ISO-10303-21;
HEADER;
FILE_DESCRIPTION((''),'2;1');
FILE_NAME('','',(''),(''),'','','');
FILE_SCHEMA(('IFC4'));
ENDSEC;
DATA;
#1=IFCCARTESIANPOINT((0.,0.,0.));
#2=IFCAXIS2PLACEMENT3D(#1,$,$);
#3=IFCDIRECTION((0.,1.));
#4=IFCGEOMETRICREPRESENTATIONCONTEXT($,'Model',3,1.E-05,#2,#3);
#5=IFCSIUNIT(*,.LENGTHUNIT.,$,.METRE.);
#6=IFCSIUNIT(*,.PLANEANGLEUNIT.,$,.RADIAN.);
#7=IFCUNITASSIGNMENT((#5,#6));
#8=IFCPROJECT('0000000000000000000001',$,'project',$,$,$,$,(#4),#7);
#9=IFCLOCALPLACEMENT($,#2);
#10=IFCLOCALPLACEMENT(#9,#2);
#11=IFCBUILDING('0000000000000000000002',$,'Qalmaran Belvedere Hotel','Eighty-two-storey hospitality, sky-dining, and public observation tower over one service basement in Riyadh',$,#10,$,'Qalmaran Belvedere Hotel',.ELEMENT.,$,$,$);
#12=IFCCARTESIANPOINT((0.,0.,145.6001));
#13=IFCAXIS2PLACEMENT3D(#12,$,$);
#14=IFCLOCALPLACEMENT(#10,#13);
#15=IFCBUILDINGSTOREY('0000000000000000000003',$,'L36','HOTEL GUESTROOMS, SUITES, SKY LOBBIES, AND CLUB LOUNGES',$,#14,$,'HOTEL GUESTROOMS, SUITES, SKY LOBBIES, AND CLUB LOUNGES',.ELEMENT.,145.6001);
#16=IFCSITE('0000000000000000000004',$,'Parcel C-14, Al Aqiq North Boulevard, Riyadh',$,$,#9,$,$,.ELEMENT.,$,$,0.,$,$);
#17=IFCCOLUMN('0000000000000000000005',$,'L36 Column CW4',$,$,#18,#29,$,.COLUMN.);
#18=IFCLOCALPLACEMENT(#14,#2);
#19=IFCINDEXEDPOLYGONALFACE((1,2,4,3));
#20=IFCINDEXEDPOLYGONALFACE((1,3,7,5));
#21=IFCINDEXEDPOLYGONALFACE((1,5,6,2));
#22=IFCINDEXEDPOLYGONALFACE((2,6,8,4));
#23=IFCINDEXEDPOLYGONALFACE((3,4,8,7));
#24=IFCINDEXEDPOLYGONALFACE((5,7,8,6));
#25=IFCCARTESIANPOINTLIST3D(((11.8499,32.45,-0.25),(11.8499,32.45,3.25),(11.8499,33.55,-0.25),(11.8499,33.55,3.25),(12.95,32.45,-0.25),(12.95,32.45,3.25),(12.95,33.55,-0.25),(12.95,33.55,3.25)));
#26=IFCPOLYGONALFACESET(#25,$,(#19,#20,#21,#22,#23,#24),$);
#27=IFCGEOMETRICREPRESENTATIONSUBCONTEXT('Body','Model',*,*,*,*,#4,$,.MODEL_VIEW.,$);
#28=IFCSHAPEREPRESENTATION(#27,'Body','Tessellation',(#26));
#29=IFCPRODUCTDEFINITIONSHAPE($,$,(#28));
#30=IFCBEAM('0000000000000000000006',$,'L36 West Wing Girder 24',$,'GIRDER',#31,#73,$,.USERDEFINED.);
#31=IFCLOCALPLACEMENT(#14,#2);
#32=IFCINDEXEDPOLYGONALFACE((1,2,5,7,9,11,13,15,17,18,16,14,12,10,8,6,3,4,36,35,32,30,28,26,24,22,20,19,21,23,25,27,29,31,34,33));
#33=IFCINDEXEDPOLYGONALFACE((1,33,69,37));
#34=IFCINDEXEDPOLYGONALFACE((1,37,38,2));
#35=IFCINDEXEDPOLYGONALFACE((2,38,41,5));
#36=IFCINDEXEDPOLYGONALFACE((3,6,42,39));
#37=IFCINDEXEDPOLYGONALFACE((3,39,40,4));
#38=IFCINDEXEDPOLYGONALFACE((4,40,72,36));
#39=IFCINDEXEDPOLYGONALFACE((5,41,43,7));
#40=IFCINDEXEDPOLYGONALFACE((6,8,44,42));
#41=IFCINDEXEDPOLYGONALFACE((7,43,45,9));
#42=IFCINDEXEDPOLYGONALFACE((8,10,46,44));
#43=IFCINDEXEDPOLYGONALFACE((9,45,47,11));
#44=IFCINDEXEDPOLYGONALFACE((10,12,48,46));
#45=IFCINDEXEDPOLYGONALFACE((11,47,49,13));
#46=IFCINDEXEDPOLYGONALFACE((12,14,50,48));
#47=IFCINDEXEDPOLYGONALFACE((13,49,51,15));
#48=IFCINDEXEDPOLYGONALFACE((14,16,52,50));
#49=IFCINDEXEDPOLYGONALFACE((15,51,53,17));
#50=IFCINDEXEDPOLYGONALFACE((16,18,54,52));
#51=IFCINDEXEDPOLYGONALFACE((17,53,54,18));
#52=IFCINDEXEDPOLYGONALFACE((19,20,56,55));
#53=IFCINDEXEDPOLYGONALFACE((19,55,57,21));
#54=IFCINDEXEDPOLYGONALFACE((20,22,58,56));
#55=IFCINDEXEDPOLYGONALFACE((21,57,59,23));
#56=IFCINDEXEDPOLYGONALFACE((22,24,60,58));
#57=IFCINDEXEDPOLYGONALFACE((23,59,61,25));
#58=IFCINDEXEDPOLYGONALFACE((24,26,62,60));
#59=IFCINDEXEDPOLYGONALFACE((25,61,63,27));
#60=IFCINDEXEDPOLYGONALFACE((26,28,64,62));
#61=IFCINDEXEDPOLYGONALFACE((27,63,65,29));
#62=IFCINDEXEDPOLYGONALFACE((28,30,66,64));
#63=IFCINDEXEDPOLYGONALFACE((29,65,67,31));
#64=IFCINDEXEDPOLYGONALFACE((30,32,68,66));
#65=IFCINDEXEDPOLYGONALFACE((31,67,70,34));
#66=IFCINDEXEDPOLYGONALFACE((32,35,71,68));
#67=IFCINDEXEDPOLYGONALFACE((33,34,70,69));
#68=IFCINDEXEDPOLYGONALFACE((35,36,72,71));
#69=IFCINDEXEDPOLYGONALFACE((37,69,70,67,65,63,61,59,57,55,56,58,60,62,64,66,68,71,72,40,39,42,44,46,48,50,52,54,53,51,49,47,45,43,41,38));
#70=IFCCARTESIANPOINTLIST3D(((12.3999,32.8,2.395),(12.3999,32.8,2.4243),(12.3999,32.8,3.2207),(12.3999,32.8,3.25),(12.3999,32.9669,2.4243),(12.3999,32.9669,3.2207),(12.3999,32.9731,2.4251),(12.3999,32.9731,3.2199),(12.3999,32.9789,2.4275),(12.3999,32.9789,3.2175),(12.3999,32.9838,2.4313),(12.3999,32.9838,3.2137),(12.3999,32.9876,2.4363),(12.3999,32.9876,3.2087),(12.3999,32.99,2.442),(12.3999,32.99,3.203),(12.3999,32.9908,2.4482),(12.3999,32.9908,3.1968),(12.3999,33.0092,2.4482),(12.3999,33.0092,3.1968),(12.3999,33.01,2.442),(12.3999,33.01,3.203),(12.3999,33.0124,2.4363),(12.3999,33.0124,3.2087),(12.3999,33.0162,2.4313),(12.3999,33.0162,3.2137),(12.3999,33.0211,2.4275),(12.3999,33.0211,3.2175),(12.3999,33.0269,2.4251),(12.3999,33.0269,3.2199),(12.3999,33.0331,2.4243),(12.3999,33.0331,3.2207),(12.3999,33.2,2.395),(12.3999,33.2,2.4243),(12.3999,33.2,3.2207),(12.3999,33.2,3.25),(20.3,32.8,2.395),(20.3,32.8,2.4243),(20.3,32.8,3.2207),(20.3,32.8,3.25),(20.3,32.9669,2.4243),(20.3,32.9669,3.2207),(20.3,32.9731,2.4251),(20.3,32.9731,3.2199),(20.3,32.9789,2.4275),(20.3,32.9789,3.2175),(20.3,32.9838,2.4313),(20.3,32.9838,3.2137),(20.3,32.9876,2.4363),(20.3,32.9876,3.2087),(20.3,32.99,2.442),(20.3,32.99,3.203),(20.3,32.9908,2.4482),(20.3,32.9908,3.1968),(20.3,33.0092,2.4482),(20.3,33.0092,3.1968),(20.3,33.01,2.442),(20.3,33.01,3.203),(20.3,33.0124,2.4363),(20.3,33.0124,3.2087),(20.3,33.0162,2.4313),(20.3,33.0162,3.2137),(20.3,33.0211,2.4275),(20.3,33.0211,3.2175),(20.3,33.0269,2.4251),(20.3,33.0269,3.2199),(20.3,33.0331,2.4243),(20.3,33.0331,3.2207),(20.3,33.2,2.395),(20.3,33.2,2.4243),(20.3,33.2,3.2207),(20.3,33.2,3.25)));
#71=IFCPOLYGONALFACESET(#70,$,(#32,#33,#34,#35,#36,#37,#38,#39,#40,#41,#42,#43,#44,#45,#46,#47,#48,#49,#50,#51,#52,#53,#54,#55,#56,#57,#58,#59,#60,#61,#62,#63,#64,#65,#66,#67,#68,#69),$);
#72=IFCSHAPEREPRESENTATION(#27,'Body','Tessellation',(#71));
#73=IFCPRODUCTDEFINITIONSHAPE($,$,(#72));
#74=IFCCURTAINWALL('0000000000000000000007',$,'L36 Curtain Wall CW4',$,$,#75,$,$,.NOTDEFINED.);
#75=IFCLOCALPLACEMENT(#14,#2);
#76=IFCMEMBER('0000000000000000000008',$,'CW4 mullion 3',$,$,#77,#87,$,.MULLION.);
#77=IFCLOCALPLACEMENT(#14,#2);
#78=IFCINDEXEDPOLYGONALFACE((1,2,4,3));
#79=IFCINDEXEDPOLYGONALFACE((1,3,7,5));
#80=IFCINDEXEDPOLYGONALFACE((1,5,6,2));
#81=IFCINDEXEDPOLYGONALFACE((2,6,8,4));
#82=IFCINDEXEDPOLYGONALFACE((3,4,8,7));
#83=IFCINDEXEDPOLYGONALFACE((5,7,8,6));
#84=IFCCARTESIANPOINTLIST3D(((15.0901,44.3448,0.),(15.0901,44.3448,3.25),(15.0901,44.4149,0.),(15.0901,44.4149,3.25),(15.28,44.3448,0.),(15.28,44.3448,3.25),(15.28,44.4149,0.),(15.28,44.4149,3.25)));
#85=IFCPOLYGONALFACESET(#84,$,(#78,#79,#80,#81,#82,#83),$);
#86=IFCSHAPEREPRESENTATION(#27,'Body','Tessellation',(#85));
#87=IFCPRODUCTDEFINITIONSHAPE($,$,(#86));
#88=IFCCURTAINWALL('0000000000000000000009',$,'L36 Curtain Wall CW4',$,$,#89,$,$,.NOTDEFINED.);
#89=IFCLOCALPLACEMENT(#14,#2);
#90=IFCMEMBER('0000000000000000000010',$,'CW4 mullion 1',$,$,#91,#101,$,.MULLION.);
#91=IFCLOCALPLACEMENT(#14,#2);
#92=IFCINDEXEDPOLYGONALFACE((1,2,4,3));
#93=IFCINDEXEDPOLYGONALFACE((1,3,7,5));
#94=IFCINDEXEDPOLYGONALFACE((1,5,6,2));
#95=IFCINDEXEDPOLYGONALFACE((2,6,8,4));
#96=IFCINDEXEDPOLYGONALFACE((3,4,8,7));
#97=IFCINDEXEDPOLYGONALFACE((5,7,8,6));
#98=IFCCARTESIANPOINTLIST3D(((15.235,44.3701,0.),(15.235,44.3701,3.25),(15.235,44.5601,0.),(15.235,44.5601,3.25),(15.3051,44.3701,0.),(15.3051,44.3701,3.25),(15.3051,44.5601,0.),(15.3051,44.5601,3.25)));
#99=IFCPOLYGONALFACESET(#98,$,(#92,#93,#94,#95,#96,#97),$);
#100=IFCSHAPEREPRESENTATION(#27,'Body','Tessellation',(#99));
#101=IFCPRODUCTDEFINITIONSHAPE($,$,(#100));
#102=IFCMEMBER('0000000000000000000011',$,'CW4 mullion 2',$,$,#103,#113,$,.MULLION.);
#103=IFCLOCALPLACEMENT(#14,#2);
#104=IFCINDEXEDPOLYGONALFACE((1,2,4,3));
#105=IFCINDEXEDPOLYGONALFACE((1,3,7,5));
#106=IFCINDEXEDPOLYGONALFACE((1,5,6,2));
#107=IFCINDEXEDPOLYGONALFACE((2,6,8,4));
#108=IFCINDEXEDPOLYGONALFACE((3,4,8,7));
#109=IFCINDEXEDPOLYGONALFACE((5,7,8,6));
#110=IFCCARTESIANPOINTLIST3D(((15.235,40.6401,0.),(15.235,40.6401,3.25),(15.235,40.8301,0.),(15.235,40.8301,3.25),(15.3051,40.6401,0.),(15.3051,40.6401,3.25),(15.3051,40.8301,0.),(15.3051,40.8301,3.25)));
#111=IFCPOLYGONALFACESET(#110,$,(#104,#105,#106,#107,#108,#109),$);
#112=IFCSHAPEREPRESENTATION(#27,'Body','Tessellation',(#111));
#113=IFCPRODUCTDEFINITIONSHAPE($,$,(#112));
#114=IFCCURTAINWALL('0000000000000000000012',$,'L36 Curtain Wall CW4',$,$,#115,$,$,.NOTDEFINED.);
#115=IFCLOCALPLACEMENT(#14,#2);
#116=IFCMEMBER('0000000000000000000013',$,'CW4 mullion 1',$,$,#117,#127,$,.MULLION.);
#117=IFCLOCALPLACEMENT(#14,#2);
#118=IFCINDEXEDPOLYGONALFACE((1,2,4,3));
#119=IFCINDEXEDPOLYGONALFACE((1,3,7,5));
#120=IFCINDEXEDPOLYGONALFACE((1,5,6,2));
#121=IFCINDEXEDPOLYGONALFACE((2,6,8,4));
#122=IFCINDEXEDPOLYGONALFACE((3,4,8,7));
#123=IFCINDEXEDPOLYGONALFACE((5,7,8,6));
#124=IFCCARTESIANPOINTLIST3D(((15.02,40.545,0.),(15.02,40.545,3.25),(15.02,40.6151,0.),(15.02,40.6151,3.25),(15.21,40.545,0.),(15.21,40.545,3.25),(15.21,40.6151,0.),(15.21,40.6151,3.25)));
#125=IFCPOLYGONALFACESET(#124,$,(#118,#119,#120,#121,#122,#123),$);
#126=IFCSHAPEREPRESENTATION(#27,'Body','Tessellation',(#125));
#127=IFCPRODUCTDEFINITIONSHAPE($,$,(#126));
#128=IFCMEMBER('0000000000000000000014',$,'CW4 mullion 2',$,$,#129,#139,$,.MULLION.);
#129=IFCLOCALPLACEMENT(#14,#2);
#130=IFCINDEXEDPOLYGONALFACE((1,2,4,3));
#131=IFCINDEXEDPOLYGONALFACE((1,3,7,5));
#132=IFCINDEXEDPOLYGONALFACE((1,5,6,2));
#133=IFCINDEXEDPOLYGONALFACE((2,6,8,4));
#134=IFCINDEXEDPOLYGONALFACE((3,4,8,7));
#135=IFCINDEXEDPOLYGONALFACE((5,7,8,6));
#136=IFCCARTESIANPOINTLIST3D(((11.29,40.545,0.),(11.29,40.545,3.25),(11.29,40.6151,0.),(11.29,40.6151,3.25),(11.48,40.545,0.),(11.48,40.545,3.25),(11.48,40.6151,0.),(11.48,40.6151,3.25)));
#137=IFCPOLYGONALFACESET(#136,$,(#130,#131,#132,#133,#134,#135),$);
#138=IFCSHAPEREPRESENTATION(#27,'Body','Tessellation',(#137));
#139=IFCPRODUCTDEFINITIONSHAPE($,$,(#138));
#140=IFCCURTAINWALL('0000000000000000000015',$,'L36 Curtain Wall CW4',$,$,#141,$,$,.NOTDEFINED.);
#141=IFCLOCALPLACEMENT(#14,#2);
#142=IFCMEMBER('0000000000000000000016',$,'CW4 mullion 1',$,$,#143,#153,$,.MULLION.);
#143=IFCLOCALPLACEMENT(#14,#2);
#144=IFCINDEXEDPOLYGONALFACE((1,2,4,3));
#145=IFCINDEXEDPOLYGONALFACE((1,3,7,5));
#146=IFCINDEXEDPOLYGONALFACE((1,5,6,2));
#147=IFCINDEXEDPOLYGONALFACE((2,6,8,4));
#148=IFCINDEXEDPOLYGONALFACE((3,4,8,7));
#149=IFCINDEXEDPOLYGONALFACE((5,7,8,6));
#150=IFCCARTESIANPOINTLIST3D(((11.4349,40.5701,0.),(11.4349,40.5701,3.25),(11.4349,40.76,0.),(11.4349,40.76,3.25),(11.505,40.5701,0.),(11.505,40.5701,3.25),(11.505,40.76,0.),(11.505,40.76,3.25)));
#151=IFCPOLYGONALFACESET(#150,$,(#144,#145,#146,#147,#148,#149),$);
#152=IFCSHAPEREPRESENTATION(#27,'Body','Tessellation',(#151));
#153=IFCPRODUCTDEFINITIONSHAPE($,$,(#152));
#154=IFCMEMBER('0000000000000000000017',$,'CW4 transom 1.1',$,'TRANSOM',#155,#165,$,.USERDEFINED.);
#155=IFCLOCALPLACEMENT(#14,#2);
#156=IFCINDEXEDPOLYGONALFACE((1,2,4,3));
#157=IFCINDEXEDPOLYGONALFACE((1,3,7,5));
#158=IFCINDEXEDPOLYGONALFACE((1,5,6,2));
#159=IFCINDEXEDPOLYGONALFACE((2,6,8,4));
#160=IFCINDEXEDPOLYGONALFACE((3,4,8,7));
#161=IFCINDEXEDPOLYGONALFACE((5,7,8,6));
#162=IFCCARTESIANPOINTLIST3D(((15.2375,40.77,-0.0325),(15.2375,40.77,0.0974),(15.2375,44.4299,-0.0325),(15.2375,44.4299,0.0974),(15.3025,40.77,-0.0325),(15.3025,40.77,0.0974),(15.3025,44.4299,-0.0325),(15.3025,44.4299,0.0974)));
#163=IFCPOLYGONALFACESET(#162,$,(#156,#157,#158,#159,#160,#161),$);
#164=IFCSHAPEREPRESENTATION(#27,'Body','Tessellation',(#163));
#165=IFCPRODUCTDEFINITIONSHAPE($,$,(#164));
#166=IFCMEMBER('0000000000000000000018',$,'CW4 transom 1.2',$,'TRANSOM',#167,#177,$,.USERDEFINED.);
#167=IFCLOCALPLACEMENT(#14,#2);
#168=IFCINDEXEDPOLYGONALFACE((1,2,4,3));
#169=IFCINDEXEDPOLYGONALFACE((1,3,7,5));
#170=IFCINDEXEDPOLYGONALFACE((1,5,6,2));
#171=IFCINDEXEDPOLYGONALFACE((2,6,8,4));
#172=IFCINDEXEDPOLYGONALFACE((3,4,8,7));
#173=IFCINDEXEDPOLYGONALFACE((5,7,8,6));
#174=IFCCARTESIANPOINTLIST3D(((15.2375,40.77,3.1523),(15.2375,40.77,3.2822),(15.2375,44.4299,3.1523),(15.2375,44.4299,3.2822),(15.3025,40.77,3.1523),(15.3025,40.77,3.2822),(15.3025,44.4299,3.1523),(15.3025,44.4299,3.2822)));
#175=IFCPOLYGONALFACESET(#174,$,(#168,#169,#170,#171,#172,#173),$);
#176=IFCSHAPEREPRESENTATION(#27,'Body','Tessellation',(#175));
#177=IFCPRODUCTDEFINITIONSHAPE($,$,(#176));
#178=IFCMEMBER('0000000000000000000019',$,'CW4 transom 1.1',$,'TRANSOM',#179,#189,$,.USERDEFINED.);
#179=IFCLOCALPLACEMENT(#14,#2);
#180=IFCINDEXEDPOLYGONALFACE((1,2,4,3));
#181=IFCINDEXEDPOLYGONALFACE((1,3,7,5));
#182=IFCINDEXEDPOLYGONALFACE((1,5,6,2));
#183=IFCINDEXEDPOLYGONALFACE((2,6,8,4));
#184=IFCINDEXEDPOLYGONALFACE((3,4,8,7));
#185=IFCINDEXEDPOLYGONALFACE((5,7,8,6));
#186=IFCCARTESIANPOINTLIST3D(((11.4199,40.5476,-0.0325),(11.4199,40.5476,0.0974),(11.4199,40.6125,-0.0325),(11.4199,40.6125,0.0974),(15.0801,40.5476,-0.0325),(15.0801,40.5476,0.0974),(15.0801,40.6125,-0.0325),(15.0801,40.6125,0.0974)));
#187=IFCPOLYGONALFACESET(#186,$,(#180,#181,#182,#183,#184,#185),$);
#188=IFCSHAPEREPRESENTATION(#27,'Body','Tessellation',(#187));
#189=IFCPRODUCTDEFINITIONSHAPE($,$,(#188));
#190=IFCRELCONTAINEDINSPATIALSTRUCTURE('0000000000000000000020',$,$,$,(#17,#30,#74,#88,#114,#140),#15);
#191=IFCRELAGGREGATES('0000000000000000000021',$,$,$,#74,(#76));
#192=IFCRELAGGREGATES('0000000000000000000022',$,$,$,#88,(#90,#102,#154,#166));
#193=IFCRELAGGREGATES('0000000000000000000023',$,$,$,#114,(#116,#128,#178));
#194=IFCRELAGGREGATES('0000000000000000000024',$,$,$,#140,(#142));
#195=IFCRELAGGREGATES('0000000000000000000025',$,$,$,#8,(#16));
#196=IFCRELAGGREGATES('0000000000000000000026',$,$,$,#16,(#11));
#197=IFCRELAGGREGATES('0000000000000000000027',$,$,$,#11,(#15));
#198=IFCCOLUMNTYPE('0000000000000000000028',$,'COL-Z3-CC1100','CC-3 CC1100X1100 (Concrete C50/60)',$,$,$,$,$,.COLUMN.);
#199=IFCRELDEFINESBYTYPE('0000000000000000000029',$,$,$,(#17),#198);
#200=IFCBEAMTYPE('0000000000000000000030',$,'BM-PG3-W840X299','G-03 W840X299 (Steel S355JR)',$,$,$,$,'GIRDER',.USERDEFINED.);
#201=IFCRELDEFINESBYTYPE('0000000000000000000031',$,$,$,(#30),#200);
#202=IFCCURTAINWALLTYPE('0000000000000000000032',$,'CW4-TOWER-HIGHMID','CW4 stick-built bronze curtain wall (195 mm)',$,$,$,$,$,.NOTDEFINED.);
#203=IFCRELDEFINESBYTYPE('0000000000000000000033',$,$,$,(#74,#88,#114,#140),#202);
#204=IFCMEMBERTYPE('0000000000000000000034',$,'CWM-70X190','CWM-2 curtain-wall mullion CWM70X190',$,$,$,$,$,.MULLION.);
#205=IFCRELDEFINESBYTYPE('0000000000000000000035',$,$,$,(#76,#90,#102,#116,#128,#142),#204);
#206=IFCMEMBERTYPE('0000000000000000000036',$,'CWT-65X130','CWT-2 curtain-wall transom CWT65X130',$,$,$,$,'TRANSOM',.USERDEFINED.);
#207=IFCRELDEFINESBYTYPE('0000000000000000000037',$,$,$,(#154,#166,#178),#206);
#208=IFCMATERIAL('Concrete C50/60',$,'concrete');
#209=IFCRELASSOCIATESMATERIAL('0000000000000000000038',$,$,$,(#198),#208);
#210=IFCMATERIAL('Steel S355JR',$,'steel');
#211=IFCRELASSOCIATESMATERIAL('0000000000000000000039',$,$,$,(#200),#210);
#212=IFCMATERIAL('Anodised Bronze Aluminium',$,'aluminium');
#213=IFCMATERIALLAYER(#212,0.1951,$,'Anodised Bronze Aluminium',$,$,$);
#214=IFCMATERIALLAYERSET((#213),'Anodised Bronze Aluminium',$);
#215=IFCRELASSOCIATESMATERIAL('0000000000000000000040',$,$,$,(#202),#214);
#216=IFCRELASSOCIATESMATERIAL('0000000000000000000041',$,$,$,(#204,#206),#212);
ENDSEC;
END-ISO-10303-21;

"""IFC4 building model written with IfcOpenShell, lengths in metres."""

from ifc_helpers import new_model, si_unit, direction, frame, origin, origin_2d, place, context, subcontext, project, spatial, rectangle, i_section, extrude, material, layer, layer_set, material_profile, profile_set, type_object, element, aggregate, save


model = new_model("IFC4")

# Units and contexts
model_context = context("Model", 3, precision=1e-05, world=origin(), true_north=direction((0.0, 1.0)))
body_context = subcontext(model_context, "Body", "Model", "MODEL_VIEW")
ifc_project = project(units=[si_unit("LENGTHUNIT", "METRE"), si_unit("PLANEANGLEUNIT", "RADIAN")], contexts=[model_context])

# Site, building, storey
site_placement = place(None, origin())
site = spatial("IfcSite", under=ifc_project, at=site_placement, Name="Parcel C-14, Al Aqiq North Boulevard, Riyadh", CompositionType="ELEMENT", RefElevation=0.0)
building_placement = place(site_placement, origin())
building = spatial("IfcBuilding", under=site, at=building_placement, Name="Qalmaran Belvedere Hotel", Description="Eighty-two-storey hospitality, sky-dining, and public observation tower over one service basement in Riyadh", LongName="Qalmaran Belvedere Hotel", CompositionType="ELEMENT")
storey_placement = place(building_placement, frame((0.0, 0.0, 145.6001)))
storey = spatial("IfcBuildingStorey", under=building, at=storey_placement, Name="L36", Description="HOTEL GUESTROOMS, SUITES, SKY LOBBIES, AND CLUB LOUNGES", LongName="HOTEL GUESTROOMS, SUITES, SKY LOBBIES, AND CLUB LOUNGES", CompositionType="ELEMENT", Elevation=145.6001)

# Column
ifc_material_1 = material(Name="Concrete C50/60", Category="concrete")
ifc_material_profile_1 = material_profile(ifc_material_1, rectangle(XDim=1.1001, YDim=1.1001, at=origin_2d()), Name="CC1100X1100")
ifc_profile_set_1 = profile_set([ifc_material_profile_1], Name="Concrete C50/60")
column_type = type_object("IfcColumnType", Name="COL-Z3-CC1100", Description="CC-3 CC1100X1100 (Concrete C50/60)", PredefinedType="COLUMN", material=ifc_profile_set_1)
column_placement = place(storey_placement, frame((12.3999, 33.0, -0.25), z_axis=(0.0, 0.0, 1.0), x_axis=(1.0, 0.0, 0.0)))
element("IfcColumn", 1, at=column_placement, inside=storey, type_object=column_type, Name="L36 Column CW4", PredefinedType="COLUMN", context=body_context, shape_type="SweptSolid", body=[
    extrude(rectangle(XDim=1.1001, YDim=1.1001, at=origin_2d()), origin(), (0.0, 0.0, 1.0), 3.5),
])

# Beam
ifc_material_2 = material(Name="Steel S355JR", Category="steel")
ifc_material_profile_2 = material_profile(ifc_material_2, i_section(OverallWidth=0.3999, OverallDepth=0.855, WebThickness=0.0183, FlangeThickness=0.0293, FilletRadius=0.0239, at=origin_2d()), Name="W840X299")
ifc_profile_set_2 = profile_set([ifc_material_profile_2], Name="Steel S355JR")
beam_type = type_object("IfcBeamType", Name="BM-PG3-W840X299", Description="G-03 W840X299 (Steel S355JR)", ElementType="GIRDER", PredefinedType="USERDEFINED", material=ifc_profile_set_2)
beam_placement = place(storey_placement, frame((12.3999, 33.0, 2.8225), z_axis=(1.0, 0.0, 0.0), x_axis=(0.0, 1.0, 0.0)))
element("IfcBeam", 2, at=beam_placement, inside=storey, type_object=beam_type, Name="L36 West Wing Girder 24", ObjectType="GIRDER", PredefinedType="USERDEFINED", context=body_context, shape_type="SweptSolid", body=[
    extrude(i_section(OverallWidth=0.3999, OverallDepth=0.855, WebThickness=0.0183, FlangeThickness=0.0293, FilletRadius=0.0239, at=origin_2d()), origin(), (0.0, 0.0, 1.0), 7.9001),
])

# Curtain wall, member
ifc_material_3 = material(Name="Anodised Bronze Aluminium", Category="aluminium")
ifc_layer_1 = layer(ifc_material_3, 0.1951, Name="Anodised Bronze Aluminium")
ifc_layer_set_1 = layer_set([ifc_layer_1], Name="Anodised Bronze Aluminium")
curtain_wall_type = type_object("IfcCurtainWallType", Name="CW4-TOWER-HIGHMID", Description="CW4 stick-built bronze curtain wall (195 mm)", PredefinedType="NOTDEFINED", material=ifc_layer_set_1)
curtain_wall_1_placement = place(storey_placement, origin())
curtain_wall_1 = element("IfcCurtainWall", 3, at=curtain_wall_1_placement, inside=storey, type_object=curtain_wall_type, Name="L36 Curtain Wall CW4", PredefinedType="NOTDEFINED")
ifc_material_profile_3 = material_profile(ifc_material_3, rectangle(XDim=0.0701, YDim=0.1899, at=origin_2d()), Name="CWM70X190")
ifc_profile_set_3 = profile_set([ifc_material_profile_3], Name="Anodised Bronze Aluminium")
member_type_1 = type_object("IfcMemberType", Name="CWM-70X190", Description="CWM-2 curtain-wall mullion CWM70X190", PredefinedType="MULLION", material=ifc_profile_set_3)
member_1_placement = place(storey_placement, frame((15.1851, 44.3799, 0.0), z_axis=(0.0, 0.0, 1.0), x_axis=(0.0, -1.0, 0.0)))
member_1 = element("IfcMember", 4, at=member_1_placement, type_object=member_type_1, Name="CW4 mullion 3", PredefinedType="MULLION", context=body_context, shape_type="SweptSolid", body=[
    extrude(rectangle(XDim=0.0701, YDim=0.1899, at=origin_2d()), origin(), (0.0, 0.0, 1.0), 3.25),
])
aggregate(curtain_wall_1, [member_1])

# Curtain walls, members
curtain_wall_2_placement = place(storey_placement, origin())
curtain_wall_2 = element("IfcCurtainWall", 5, at=curtain_wall_2_placement, inside=storey, type_object=curtain_wall_type, Name="L36 Curtain Wall CW4", PredefinedType="NOTDEFINED")
member_2_placement = place(storey_placement, frame((15.27, 44.4651, 0.0), z_axis=(0.0, 0.0, 1.0), x_axis=(1.0, 0.0, 0.0)))
member_2 = element("IfcMember", 6, at=member_2_placement, type_object=member_type_1, Name="CW4 mullion 1", PredefinedType="MULLION", context=body_context, shape_type="SweptSolid", body=[
    extrude(rectangle(XDim=0.0701, YDim=0.1899, at=origin_2d()), origin(), (0.0, 0.0, 1.0), 3.25),
])
member_3_placement = place(storey_placement, frame((15.27, 40.7351, 0.0), z_axis=(0.0, 0.0, 1.0), x_axis=(1.0, 0.0, 0.0)))
member_3 = element("IfcMember", 7, at=member_3_placement, type_object=member_type_1, Name="CW4 mullion 2", PredefinedType="MULLION", context=body_context, shape_type="SweptSolid", body=[
    extrude(rectangle(XDim=0.0701, YDim=0.1899, at=origin_2d()), origin(), (0.0, 0.0, 1.0), 3.25),
])
curtain_wall_3_placement = place(storey_placement, origin())
curtain_wall_3 = element("IfcCurtainWall", 8, at=curtain_wall_3_placement, inside=storey, type_object=curtain_wall_type, Name="L36 Curtain Wall CW4", PredefinedType="NOTDEFINED")
member_4_placement = place(storey_placement, frame((15.115, 40.5801, 0.0), z_axis=(0.0, 0.0, 1.0), x_axis=(0.0, -1.0, 0.0)))
member_4 = element("IfcMember", 9, at=member_4_placement, type_object=member_type_1, Name="CW4 mullion 1", PredefinedType="MULLION", context=body_context, shape_type="SweptSolid", body=[
    extrude(rectangle(XDim=0.0701, YDim=0.1899, at=origin_2d()), origin(), (0.0, 0.0, 1.0), 3.25),
])
member_5_placement = place(storey_placement, frame((11.385, 40.5801, 0.0), z_axis=(0.0, 0.0, 1.0), x_axis=(0.0, -1.0, 0.0)))
member_5 = element("IfcMember", 10, at=member_5_placement, type_object=member_type_1, Name="CW4 mullion 2", PredefinedType="MULLION", context=body_context, shape_type="SweptSolid", body=[
    extrude(rectangle(XDim=0.0701, YDim=0.1899, at=origin_2d()), origin(), (0.0, 0.0, 1.0), 3.25),
])

# Curtain wall, member
curtain_wall_4_placement = place(storey_placement, origin())
curtain_wall_4 = element("IfcCurtainWall", 11, at=curtain_wall_4_placement, inside=storey, type_object=curtain_wall_type, Name="L36 Curtain Wall CW4", PredefinedType="NOTDEFINED")
member_6_placement = place(storey_placement, frame((11.47, 40.665, 0.0), z_axis=(0.0, 0.0, 1.0), x_axis=(1.0, 0.0, 0.0)))
member_6 = element("IfcMember", 12, at=member_6_placement, type_object=member_type_1, Name="CW4 mullion 1", PredefinedType="MULLION", context=body_context, shape_type="SweptSolid", body=[
    extrude(rectangle(XDim=0.0701, YDim=0.1899, at=origin_2d()), origin(), (0.0, 0.0, 1.0), 3.25),
])

# Members
ifc_material_profile_4 = material_profile(ifc_material_3, rectangle(XDim=0.0649, YDim=0.1299, at=origin_2d()), Name="CWT65X130")
ifc_profile_set_4 = profile_set([ifc_material_profile_4], Name="Anodised Bronze Aluminium")
member_type_2 = type_object("IfcMemberType", Name="CWT-65X130", Description="CWT-2 curtain-wall transom CWT65X130", ElementType="TRANSOM", PredefinedType="USERDEFINED", material=ifc_profile_set_4)
member_7_placement = place(storey_placement, frame((15.27, 44.4299, 0.0325), z_axis=(0.0, -1.0, 0.0), x_axis=(1.0, 0.0, 0.0)))
member_7 = element("IfcMember", 13, at=member_7_placement, type_object=member_type_2, Name="CW4 transom 1.1", ObjectType="TRANSOM", PredefinedType="USERDEFINED", context=body_context, shape_type="SweptSolid", body=[
    extrude(rectangle(XDim=0.0649, YDim=0.1299, at=origin_2d()), origin(), (0.0, 0.0, 1.0), 3.6599),
])
member_8_placement = place(storey_placement, frame((15.27, 44.4299, 3.2173), z_axis=(0.0, -1.0, 0.0), x_axis=(1.0, 0.0, 0.0)))
member_8 = element("IfcMember", 14, at=member_8_placement, type_object=member_type_2, Name="CW4 transom 1.2", ObjectType="TRANSOM", PredefinedType="USERDEFINED", context=body_context, shape_type="SweptSolid", body=[
    extrude(rectangle(XDim=0.0649, YDim=0.1299, at=origin_2d()), origin(), (0.0, 0.0, 1.0), 3.6599),
])
member_9_placement = place(storey_placement, frame((15.0801, 40.5801, 0.0325), z_axis=(-1.0, 0.0, 0.0), x_axis=(0.0, -1.0, 0.0)))
member_9 = element("IfcMember", 15, at=member_9_placement, type_object=member_type_2, Name="CW4 transom 1.1", ObjectType="TRANSOM", PredefinedType="USERDEFINED", context=body_context, shape_type="SweptSolid", body=[
    extrude(rectangle(XDim=0.0649, YDim=0.1299, at=origin_2d()), origin(), (0.0, 0.0, 1.0), 3.6602),
])

aggregate(curtain_wall_2, [member_2, member_3, member_7, member_8])
aggregate(curtain_wall_3, [member_4, member_5, member_9])
aggregate(curtain_wall_4, [member_6])

save(model, "model.ifc")
